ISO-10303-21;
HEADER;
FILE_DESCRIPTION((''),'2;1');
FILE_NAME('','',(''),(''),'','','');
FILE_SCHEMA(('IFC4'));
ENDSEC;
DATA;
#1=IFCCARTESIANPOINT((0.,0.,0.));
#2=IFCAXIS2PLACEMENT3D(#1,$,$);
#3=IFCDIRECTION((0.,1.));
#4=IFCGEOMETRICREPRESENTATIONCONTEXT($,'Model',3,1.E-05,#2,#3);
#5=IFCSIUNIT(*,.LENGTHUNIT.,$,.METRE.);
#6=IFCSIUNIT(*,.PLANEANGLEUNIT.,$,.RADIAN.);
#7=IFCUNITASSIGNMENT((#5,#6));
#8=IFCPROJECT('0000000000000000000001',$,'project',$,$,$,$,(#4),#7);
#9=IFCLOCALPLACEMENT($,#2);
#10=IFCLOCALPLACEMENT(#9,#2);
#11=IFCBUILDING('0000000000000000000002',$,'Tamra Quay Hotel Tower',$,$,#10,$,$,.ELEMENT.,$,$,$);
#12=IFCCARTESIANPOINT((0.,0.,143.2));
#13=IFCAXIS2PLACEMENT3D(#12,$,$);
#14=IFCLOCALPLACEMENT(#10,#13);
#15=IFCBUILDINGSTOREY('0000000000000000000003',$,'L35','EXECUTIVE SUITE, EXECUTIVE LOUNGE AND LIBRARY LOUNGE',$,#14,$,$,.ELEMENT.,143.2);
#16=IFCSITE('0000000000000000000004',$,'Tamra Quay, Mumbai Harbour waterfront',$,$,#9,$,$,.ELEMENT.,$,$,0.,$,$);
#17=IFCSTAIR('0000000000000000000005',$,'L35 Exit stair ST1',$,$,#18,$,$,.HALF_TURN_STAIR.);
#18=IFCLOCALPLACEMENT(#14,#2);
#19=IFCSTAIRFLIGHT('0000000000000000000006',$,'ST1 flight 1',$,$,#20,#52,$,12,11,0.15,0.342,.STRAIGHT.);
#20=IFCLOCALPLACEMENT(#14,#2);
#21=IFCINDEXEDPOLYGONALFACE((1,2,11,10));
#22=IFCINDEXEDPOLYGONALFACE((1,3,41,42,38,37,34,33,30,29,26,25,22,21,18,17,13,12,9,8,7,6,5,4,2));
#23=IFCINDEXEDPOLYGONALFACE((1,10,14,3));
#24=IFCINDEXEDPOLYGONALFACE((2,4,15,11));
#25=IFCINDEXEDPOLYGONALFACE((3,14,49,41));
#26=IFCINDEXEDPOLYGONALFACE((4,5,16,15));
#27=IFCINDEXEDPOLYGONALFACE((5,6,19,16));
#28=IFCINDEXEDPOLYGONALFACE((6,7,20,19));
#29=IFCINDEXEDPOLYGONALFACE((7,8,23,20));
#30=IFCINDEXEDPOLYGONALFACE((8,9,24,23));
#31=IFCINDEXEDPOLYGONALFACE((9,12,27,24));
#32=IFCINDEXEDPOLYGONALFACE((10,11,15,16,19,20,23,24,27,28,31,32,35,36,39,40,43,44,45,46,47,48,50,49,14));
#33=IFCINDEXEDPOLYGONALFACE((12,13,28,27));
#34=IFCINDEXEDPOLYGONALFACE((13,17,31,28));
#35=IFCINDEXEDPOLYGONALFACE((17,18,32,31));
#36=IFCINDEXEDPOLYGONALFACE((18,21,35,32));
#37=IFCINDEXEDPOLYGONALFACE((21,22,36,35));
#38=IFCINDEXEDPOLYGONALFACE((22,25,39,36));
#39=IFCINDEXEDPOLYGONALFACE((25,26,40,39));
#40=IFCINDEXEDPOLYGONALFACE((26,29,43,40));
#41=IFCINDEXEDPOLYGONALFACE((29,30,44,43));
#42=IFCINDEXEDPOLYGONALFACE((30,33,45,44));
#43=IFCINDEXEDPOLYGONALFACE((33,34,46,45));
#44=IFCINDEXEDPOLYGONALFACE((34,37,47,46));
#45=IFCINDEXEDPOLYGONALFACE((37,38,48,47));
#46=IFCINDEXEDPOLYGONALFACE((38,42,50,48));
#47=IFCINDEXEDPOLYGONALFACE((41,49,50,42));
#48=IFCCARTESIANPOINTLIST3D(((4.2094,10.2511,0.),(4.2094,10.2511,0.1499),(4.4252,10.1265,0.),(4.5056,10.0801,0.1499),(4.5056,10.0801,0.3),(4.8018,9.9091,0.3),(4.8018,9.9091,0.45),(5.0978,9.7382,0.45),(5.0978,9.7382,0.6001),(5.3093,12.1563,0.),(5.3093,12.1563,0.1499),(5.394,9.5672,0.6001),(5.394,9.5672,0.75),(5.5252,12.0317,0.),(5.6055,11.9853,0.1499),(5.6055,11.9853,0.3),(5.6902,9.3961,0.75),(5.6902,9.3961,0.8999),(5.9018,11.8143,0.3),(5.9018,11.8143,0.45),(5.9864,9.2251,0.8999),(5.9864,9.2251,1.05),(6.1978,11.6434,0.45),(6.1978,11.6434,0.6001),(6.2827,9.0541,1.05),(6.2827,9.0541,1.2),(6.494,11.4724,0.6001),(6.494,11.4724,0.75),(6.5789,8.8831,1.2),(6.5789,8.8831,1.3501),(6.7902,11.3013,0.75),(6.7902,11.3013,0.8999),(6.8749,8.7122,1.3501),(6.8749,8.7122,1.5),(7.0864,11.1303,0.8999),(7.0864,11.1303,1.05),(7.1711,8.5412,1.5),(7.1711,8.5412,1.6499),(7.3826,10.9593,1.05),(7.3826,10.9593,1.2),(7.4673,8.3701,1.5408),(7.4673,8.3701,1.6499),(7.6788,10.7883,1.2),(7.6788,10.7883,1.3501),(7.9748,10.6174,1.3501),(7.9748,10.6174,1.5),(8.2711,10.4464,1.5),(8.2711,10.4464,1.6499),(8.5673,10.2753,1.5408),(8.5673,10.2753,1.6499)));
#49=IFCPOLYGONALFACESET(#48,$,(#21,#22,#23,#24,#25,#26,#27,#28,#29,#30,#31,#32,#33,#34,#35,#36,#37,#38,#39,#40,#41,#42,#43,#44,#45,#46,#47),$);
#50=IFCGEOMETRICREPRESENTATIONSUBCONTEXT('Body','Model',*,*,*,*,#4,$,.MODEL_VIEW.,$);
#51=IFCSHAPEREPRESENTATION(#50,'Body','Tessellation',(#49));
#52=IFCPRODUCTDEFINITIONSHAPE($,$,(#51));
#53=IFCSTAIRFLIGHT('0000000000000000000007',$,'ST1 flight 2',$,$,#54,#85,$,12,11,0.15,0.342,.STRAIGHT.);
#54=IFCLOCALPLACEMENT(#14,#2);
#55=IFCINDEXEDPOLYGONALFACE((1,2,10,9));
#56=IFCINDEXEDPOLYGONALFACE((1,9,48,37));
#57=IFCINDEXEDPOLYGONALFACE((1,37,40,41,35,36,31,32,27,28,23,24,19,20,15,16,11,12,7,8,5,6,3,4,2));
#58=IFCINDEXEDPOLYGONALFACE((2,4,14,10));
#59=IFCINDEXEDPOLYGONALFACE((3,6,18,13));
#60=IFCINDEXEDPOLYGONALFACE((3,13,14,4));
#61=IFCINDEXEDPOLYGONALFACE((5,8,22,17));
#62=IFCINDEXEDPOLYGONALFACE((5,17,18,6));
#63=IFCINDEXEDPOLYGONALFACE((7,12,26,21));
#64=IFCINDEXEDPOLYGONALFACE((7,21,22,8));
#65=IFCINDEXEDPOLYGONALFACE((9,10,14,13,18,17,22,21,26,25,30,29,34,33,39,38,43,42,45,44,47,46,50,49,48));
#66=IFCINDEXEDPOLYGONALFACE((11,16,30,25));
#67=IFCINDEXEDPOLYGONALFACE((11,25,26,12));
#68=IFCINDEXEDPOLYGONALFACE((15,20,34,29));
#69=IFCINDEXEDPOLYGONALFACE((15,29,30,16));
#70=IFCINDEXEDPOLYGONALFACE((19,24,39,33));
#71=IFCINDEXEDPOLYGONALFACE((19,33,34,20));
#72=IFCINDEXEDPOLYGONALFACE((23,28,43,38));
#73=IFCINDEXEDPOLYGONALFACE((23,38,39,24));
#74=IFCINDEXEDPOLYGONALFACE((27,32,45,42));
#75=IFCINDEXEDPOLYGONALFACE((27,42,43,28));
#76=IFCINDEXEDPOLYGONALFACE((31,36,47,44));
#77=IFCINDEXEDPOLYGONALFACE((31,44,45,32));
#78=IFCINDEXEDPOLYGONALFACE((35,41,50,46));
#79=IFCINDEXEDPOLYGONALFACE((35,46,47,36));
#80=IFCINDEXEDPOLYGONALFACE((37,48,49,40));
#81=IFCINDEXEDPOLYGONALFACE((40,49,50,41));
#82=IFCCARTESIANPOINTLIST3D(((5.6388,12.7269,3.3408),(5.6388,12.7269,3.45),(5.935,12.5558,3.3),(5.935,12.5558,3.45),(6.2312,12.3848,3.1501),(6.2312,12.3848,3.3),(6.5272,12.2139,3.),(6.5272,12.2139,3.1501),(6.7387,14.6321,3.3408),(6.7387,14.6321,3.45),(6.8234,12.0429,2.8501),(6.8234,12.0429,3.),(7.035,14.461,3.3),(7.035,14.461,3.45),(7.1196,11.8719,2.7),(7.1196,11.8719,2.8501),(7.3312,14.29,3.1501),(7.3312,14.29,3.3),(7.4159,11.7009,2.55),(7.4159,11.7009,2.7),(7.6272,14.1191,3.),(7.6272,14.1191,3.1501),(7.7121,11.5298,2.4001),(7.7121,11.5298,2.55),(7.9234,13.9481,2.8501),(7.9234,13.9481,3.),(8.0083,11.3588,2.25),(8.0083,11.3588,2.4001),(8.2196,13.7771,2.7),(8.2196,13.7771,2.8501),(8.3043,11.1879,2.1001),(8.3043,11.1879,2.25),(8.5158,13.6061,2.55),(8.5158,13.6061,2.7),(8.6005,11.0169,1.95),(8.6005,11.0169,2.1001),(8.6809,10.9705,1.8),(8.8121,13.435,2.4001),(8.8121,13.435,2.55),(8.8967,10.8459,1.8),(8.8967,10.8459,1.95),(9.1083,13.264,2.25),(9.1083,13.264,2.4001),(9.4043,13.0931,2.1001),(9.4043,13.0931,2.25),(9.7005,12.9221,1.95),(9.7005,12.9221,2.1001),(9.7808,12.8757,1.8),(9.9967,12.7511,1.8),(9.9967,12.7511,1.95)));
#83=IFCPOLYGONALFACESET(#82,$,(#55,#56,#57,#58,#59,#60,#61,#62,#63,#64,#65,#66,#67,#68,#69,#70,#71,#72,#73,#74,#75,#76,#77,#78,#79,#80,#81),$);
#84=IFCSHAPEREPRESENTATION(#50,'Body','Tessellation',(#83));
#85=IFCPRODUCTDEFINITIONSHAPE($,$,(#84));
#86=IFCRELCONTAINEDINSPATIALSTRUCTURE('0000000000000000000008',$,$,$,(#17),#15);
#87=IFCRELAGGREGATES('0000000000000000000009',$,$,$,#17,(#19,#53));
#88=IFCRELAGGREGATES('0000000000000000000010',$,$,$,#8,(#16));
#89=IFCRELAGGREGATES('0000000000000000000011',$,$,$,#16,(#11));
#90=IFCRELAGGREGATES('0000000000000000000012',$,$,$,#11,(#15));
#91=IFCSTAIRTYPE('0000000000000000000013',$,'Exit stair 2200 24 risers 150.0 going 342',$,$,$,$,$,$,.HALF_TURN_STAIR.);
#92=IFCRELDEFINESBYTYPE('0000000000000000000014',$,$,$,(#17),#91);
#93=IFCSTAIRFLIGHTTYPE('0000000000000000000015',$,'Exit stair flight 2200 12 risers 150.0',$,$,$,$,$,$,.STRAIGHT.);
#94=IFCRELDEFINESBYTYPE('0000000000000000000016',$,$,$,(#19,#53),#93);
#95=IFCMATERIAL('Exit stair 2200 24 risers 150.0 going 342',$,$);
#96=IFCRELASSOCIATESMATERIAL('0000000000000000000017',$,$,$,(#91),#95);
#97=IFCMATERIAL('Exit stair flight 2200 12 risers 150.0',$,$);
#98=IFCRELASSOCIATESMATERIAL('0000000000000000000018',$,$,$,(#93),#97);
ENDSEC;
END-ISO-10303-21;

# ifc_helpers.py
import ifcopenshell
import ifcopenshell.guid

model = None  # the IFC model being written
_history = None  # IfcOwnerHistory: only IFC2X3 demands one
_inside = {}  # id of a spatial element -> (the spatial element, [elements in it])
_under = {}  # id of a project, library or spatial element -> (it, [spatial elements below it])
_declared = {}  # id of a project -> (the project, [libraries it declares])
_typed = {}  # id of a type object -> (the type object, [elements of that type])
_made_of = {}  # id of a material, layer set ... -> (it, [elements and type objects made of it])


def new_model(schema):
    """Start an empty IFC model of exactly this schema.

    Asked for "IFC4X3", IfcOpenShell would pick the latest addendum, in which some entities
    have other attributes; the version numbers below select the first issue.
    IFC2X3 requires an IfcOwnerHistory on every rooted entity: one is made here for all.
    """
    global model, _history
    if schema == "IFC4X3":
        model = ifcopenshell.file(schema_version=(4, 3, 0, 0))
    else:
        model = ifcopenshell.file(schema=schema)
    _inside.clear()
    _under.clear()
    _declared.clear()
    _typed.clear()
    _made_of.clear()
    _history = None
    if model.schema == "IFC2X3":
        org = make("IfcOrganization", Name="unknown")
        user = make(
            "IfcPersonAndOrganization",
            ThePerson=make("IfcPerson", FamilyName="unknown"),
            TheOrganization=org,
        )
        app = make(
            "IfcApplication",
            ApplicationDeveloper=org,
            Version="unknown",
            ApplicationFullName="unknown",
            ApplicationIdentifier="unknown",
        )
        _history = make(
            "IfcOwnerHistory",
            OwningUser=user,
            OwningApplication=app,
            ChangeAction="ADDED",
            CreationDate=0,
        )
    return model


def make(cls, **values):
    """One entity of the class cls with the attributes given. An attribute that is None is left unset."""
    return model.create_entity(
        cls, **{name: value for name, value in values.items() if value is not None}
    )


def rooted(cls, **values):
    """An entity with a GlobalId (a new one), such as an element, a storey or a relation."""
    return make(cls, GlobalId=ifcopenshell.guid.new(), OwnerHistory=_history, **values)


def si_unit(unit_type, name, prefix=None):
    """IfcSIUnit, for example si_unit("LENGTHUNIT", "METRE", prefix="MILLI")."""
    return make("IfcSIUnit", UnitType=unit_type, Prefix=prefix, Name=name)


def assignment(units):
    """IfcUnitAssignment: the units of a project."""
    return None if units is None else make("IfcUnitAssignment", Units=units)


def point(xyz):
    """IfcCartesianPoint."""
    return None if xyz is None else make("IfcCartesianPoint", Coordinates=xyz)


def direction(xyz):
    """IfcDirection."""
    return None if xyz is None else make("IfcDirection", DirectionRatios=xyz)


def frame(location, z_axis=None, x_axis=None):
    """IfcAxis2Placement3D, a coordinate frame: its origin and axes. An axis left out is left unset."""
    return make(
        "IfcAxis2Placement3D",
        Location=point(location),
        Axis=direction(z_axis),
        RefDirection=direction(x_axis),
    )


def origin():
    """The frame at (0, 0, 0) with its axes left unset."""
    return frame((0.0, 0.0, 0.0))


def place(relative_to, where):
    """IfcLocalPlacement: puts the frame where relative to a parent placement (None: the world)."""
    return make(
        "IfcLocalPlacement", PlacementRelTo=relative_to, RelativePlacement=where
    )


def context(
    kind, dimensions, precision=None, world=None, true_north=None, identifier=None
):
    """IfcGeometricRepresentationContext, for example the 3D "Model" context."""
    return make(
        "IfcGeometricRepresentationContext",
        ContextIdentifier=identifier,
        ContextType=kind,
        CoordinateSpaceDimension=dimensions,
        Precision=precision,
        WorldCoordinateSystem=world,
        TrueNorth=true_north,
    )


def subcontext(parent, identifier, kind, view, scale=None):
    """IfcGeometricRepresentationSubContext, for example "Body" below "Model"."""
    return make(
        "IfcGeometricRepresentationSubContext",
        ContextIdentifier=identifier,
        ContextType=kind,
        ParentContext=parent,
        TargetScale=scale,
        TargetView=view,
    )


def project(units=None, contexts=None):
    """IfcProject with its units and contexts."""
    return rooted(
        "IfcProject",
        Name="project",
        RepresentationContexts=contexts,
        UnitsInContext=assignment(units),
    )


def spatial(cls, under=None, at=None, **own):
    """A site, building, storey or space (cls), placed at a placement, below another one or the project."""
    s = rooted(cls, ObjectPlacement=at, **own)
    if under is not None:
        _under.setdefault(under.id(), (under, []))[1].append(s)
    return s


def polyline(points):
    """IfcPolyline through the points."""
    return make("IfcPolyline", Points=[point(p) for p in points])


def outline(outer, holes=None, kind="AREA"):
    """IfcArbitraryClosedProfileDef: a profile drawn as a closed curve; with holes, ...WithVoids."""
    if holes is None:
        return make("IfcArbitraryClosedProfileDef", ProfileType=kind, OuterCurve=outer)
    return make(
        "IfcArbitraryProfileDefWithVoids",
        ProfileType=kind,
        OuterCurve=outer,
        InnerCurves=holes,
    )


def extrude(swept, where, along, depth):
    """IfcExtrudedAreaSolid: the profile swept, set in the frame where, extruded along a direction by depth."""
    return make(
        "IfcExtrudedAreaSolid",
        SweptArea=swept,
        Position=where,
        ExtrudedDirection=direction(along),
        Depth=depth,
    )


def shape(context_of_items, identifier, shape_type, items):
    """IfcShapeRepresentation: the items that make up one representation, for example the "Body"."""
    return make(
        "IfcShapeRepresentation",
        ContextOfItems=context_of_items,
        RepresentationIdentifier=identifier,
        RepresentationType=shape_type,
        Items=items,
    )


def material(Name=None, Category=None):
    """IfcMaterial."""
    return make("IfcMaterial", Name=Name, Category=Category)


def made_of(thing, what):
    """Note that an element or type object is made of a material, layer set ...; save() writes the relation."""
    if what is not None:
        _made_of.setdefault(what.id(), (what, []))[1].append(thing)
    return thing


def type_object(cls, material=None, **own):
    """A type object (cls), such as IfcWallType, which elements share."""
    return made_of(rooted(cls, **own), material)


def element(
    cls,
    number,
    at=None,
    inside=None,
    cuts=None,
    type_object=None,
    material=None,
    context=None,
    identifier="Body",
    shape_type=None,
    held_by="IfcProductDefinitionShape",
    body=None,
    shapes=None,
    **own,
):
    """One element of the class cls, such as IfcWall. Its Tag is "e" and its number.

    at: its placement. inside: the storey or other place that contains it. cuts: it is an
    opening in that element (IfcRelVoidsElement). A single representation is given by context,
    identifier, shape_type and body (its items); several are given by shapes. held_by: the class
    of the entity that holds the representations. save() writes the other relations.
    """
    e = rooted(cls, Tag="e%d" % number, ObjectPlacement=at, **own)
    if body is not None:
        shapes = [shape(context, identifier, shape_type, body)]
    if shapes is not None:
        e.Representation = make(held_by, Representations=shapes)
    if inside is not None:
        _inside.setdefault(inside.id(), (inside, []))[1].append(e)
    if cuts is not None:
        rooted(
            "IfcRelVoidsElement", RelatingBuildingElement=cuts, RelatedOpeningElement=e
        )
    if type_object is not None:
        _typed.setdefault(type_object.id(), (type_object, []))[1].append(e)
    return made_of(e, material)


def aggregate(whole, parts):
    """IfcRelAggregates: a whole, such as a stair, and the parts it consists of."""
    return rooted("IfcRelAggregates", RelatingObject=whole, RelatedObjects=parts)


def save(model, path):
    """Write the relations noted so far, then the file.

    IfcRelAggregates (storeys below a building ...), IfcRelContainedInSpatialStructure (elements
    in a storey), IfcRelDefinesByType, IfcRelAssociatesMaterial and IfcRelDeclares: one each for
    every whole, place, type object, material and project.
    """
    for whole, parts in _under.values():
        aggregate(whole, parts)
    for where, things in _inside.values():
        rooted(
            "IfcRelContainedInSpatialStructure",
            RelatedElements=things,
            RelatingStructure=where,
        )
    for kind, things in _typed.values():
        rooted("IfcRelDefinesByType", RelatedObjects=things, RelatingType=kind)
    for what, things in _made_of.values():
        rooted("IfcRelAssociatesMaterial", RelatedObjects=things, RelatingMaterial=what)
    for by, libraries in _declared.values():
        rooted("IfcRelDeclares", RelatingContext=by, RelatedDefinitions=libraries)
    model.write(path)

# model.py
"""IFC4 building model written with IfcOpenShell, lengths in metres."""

from ifc_helpers import new_model, si_unit, direction, frame, origin, place, context, subcontext, project, spatial, polyline, outline, extrude, material, type_object, element, aggregate, save


model = new_model("IFC4")

# Units and contexts
model_context = context("Model", 3, precision=1e-05, world=origin(), true_north=direction((0.0, 1.0)))
body_context = subcontext(model_context, "Body", "Model", "MODEL_VIEW")
ifc_project = project(units=[si_unit("LENGTHUNIT", "METRE"), si_unit("PLANEANGLEUNIT", "RADIAN")], contexts=[model_context])

# Site, building, storey
site_placement = place(None, origin())
site = spatial("IfcSite", under=ifc_project, at=site_placement, Name="Tamra Quay, Mumbai Harbour waterfront", CompositionType="ELEMENT", RefElevation=0.0)
building_placement = place(site_placement, origin())
building = spatial("IfcBuilding", under=site, at=building_placement, Name="Tamra Quay Hotel Tower", CompositionType="ELEMENT")
storey_placement = place(building_placement, frame((0.0, 0.0, 143.2)))
storey = spatial("IfcBuildingStorey", under=building, at=storey_placement, Name="L35", Description="EXECUTIVE SUITE, EXECUTIVE LOUNGE AND LIBRARY LOUNGE", CompositionType="ELEMENT", Elevation=143.2)

# Stair, stair flights
ifc_material_1 = material(Name="Exit stair 2200 24 risers 150.0 going 342")
stair_type = type_object("IfcStairType", Name="Exit stair 2200 24 risers 150.0 going 342", PredefinedType="HALF_TURN_STAIR", material=ifc_material_1)
stair_placement = place(storey_placement, origin())
stair = element("IfcStair", 1, at=stair_placement, inside=storey, type_object=stair_type, Name="L35 Exit stair ST1", PredefinedType="HALF_TURN_STAIR")
ifc_material_2 = material(Name="Exit stair flight 2200 12 risers 150.0")
stair_flight_type = type_object("IfcStairFlightType", Name="Exit stair flight 2200 12 risers 150.0", PredefinedType="STRAIGHT", material=ifc_material_2)
stair_flight_1_placement = place(storey_placement, frame((4.7593, 11.2036, 0.0), z_axis=(0.0, 0.0, 1.0), x_axis=(0.866025, -0.5, 0.0)))
stair_flight_1 = element("IfcStairFlight", 2, at=stair_flight_1_placement, type_object=stair_flight_type, Name="ST1 flight 1", NumberOfRisers=12, NumberOfTreads=11, PredefinedType="STRAIGHT", RiserHeight=0.15, TreadLength=0.342, context=body_context, shape_type="SweptSolid", body=[
    extrude(outline(polyline([(0.0, 0.0), (0.0, 0.1499), (0.342, 0.1499), (0.342, 0.3), (0.6841, 0.3), (0.6841, 0.45), (1.0259, 0.45), (1.0259, 0.6001), (1.3679, 0.6001), (1.3679, 0.75), (1.71, 0.75), (1.71, 0.8999), (2.052, 0.8999), (2.052, 1.05), (2.394, 1.05), (2.394, 1.2), (2.7361, 1.2), (2.7361, 1.3501), (3.0779, 1.3501), (3.0779, 1.5), (3.4199, 1.5), (3.4199, 1.6499), (3.762, 1.6499), (3.762, 1.8), (3.762, 1.5408), (0.2493, 0.0), (0.0, 0.0)])), frame((0.0, 1.1001, 0.0), z_axis=(0.0, -1.0, 0.0), x_axis=(1.0, 0.0, 0.0)), (0.0, 0.0, 1.0), 2.2),
])
stair_flight_2_placement = place(storey_placement, frame((9.4468, 11.7986, 1.8), z_axis=(0.0, 0.0, 1.0), x_axis=(-0.866025, 0.5, 0.0)))
stair_flight_2 = element("IfcStairFlight", 3, at=stair_flight_2_placement, type_object=stair_flight_type, Name="ST1 flight 2", NumberOfRisers=12, NumberOfTreads=11, PredefinedType="STRAIGHT", RiserHeight=0.15, TreadLength=0.342, context=body_context, shape_type="SweptSolid", body=[
    extrude(outline(polyline([(0.0, 0.0), (0.0, 0.1499), (0.342, 0.1499), (0.342, 0.3), (0.6841, 0.3), (0.6841, 0.45), (1.0259, 0.45), (1.0259, 0.6001), (1.3679, 0.6001), (1.3679, 0.75), (1.71, 0.75), (1.71, 0.8999), (2.052, 0.8999), (2.052, 1.05), (2.394, 1.05), (2.394, 1.2), (2.7361, 1.2), (2.7361, 1.3501), (3.0779, 1.3501), (3.0779, 1.5), (3.4199, 1.5), (3.4199, 1.6499), (3.762, 1.6499), (3.762, 1.8), (3.762, 1.5408), (0.2493, 0.0), (0.0, 0.0)])), frame((0.0, 1.1001, 0.0), z_axis=(0.0, -1.0, 0.0), x_axis=(1.0, 0.0, 0.0)), (0.0, 0.0, 1.0), 2.2),
])
aggregate(stair, [stair_flight_1, stair_flight_2])

save(model, "model.ifc")
